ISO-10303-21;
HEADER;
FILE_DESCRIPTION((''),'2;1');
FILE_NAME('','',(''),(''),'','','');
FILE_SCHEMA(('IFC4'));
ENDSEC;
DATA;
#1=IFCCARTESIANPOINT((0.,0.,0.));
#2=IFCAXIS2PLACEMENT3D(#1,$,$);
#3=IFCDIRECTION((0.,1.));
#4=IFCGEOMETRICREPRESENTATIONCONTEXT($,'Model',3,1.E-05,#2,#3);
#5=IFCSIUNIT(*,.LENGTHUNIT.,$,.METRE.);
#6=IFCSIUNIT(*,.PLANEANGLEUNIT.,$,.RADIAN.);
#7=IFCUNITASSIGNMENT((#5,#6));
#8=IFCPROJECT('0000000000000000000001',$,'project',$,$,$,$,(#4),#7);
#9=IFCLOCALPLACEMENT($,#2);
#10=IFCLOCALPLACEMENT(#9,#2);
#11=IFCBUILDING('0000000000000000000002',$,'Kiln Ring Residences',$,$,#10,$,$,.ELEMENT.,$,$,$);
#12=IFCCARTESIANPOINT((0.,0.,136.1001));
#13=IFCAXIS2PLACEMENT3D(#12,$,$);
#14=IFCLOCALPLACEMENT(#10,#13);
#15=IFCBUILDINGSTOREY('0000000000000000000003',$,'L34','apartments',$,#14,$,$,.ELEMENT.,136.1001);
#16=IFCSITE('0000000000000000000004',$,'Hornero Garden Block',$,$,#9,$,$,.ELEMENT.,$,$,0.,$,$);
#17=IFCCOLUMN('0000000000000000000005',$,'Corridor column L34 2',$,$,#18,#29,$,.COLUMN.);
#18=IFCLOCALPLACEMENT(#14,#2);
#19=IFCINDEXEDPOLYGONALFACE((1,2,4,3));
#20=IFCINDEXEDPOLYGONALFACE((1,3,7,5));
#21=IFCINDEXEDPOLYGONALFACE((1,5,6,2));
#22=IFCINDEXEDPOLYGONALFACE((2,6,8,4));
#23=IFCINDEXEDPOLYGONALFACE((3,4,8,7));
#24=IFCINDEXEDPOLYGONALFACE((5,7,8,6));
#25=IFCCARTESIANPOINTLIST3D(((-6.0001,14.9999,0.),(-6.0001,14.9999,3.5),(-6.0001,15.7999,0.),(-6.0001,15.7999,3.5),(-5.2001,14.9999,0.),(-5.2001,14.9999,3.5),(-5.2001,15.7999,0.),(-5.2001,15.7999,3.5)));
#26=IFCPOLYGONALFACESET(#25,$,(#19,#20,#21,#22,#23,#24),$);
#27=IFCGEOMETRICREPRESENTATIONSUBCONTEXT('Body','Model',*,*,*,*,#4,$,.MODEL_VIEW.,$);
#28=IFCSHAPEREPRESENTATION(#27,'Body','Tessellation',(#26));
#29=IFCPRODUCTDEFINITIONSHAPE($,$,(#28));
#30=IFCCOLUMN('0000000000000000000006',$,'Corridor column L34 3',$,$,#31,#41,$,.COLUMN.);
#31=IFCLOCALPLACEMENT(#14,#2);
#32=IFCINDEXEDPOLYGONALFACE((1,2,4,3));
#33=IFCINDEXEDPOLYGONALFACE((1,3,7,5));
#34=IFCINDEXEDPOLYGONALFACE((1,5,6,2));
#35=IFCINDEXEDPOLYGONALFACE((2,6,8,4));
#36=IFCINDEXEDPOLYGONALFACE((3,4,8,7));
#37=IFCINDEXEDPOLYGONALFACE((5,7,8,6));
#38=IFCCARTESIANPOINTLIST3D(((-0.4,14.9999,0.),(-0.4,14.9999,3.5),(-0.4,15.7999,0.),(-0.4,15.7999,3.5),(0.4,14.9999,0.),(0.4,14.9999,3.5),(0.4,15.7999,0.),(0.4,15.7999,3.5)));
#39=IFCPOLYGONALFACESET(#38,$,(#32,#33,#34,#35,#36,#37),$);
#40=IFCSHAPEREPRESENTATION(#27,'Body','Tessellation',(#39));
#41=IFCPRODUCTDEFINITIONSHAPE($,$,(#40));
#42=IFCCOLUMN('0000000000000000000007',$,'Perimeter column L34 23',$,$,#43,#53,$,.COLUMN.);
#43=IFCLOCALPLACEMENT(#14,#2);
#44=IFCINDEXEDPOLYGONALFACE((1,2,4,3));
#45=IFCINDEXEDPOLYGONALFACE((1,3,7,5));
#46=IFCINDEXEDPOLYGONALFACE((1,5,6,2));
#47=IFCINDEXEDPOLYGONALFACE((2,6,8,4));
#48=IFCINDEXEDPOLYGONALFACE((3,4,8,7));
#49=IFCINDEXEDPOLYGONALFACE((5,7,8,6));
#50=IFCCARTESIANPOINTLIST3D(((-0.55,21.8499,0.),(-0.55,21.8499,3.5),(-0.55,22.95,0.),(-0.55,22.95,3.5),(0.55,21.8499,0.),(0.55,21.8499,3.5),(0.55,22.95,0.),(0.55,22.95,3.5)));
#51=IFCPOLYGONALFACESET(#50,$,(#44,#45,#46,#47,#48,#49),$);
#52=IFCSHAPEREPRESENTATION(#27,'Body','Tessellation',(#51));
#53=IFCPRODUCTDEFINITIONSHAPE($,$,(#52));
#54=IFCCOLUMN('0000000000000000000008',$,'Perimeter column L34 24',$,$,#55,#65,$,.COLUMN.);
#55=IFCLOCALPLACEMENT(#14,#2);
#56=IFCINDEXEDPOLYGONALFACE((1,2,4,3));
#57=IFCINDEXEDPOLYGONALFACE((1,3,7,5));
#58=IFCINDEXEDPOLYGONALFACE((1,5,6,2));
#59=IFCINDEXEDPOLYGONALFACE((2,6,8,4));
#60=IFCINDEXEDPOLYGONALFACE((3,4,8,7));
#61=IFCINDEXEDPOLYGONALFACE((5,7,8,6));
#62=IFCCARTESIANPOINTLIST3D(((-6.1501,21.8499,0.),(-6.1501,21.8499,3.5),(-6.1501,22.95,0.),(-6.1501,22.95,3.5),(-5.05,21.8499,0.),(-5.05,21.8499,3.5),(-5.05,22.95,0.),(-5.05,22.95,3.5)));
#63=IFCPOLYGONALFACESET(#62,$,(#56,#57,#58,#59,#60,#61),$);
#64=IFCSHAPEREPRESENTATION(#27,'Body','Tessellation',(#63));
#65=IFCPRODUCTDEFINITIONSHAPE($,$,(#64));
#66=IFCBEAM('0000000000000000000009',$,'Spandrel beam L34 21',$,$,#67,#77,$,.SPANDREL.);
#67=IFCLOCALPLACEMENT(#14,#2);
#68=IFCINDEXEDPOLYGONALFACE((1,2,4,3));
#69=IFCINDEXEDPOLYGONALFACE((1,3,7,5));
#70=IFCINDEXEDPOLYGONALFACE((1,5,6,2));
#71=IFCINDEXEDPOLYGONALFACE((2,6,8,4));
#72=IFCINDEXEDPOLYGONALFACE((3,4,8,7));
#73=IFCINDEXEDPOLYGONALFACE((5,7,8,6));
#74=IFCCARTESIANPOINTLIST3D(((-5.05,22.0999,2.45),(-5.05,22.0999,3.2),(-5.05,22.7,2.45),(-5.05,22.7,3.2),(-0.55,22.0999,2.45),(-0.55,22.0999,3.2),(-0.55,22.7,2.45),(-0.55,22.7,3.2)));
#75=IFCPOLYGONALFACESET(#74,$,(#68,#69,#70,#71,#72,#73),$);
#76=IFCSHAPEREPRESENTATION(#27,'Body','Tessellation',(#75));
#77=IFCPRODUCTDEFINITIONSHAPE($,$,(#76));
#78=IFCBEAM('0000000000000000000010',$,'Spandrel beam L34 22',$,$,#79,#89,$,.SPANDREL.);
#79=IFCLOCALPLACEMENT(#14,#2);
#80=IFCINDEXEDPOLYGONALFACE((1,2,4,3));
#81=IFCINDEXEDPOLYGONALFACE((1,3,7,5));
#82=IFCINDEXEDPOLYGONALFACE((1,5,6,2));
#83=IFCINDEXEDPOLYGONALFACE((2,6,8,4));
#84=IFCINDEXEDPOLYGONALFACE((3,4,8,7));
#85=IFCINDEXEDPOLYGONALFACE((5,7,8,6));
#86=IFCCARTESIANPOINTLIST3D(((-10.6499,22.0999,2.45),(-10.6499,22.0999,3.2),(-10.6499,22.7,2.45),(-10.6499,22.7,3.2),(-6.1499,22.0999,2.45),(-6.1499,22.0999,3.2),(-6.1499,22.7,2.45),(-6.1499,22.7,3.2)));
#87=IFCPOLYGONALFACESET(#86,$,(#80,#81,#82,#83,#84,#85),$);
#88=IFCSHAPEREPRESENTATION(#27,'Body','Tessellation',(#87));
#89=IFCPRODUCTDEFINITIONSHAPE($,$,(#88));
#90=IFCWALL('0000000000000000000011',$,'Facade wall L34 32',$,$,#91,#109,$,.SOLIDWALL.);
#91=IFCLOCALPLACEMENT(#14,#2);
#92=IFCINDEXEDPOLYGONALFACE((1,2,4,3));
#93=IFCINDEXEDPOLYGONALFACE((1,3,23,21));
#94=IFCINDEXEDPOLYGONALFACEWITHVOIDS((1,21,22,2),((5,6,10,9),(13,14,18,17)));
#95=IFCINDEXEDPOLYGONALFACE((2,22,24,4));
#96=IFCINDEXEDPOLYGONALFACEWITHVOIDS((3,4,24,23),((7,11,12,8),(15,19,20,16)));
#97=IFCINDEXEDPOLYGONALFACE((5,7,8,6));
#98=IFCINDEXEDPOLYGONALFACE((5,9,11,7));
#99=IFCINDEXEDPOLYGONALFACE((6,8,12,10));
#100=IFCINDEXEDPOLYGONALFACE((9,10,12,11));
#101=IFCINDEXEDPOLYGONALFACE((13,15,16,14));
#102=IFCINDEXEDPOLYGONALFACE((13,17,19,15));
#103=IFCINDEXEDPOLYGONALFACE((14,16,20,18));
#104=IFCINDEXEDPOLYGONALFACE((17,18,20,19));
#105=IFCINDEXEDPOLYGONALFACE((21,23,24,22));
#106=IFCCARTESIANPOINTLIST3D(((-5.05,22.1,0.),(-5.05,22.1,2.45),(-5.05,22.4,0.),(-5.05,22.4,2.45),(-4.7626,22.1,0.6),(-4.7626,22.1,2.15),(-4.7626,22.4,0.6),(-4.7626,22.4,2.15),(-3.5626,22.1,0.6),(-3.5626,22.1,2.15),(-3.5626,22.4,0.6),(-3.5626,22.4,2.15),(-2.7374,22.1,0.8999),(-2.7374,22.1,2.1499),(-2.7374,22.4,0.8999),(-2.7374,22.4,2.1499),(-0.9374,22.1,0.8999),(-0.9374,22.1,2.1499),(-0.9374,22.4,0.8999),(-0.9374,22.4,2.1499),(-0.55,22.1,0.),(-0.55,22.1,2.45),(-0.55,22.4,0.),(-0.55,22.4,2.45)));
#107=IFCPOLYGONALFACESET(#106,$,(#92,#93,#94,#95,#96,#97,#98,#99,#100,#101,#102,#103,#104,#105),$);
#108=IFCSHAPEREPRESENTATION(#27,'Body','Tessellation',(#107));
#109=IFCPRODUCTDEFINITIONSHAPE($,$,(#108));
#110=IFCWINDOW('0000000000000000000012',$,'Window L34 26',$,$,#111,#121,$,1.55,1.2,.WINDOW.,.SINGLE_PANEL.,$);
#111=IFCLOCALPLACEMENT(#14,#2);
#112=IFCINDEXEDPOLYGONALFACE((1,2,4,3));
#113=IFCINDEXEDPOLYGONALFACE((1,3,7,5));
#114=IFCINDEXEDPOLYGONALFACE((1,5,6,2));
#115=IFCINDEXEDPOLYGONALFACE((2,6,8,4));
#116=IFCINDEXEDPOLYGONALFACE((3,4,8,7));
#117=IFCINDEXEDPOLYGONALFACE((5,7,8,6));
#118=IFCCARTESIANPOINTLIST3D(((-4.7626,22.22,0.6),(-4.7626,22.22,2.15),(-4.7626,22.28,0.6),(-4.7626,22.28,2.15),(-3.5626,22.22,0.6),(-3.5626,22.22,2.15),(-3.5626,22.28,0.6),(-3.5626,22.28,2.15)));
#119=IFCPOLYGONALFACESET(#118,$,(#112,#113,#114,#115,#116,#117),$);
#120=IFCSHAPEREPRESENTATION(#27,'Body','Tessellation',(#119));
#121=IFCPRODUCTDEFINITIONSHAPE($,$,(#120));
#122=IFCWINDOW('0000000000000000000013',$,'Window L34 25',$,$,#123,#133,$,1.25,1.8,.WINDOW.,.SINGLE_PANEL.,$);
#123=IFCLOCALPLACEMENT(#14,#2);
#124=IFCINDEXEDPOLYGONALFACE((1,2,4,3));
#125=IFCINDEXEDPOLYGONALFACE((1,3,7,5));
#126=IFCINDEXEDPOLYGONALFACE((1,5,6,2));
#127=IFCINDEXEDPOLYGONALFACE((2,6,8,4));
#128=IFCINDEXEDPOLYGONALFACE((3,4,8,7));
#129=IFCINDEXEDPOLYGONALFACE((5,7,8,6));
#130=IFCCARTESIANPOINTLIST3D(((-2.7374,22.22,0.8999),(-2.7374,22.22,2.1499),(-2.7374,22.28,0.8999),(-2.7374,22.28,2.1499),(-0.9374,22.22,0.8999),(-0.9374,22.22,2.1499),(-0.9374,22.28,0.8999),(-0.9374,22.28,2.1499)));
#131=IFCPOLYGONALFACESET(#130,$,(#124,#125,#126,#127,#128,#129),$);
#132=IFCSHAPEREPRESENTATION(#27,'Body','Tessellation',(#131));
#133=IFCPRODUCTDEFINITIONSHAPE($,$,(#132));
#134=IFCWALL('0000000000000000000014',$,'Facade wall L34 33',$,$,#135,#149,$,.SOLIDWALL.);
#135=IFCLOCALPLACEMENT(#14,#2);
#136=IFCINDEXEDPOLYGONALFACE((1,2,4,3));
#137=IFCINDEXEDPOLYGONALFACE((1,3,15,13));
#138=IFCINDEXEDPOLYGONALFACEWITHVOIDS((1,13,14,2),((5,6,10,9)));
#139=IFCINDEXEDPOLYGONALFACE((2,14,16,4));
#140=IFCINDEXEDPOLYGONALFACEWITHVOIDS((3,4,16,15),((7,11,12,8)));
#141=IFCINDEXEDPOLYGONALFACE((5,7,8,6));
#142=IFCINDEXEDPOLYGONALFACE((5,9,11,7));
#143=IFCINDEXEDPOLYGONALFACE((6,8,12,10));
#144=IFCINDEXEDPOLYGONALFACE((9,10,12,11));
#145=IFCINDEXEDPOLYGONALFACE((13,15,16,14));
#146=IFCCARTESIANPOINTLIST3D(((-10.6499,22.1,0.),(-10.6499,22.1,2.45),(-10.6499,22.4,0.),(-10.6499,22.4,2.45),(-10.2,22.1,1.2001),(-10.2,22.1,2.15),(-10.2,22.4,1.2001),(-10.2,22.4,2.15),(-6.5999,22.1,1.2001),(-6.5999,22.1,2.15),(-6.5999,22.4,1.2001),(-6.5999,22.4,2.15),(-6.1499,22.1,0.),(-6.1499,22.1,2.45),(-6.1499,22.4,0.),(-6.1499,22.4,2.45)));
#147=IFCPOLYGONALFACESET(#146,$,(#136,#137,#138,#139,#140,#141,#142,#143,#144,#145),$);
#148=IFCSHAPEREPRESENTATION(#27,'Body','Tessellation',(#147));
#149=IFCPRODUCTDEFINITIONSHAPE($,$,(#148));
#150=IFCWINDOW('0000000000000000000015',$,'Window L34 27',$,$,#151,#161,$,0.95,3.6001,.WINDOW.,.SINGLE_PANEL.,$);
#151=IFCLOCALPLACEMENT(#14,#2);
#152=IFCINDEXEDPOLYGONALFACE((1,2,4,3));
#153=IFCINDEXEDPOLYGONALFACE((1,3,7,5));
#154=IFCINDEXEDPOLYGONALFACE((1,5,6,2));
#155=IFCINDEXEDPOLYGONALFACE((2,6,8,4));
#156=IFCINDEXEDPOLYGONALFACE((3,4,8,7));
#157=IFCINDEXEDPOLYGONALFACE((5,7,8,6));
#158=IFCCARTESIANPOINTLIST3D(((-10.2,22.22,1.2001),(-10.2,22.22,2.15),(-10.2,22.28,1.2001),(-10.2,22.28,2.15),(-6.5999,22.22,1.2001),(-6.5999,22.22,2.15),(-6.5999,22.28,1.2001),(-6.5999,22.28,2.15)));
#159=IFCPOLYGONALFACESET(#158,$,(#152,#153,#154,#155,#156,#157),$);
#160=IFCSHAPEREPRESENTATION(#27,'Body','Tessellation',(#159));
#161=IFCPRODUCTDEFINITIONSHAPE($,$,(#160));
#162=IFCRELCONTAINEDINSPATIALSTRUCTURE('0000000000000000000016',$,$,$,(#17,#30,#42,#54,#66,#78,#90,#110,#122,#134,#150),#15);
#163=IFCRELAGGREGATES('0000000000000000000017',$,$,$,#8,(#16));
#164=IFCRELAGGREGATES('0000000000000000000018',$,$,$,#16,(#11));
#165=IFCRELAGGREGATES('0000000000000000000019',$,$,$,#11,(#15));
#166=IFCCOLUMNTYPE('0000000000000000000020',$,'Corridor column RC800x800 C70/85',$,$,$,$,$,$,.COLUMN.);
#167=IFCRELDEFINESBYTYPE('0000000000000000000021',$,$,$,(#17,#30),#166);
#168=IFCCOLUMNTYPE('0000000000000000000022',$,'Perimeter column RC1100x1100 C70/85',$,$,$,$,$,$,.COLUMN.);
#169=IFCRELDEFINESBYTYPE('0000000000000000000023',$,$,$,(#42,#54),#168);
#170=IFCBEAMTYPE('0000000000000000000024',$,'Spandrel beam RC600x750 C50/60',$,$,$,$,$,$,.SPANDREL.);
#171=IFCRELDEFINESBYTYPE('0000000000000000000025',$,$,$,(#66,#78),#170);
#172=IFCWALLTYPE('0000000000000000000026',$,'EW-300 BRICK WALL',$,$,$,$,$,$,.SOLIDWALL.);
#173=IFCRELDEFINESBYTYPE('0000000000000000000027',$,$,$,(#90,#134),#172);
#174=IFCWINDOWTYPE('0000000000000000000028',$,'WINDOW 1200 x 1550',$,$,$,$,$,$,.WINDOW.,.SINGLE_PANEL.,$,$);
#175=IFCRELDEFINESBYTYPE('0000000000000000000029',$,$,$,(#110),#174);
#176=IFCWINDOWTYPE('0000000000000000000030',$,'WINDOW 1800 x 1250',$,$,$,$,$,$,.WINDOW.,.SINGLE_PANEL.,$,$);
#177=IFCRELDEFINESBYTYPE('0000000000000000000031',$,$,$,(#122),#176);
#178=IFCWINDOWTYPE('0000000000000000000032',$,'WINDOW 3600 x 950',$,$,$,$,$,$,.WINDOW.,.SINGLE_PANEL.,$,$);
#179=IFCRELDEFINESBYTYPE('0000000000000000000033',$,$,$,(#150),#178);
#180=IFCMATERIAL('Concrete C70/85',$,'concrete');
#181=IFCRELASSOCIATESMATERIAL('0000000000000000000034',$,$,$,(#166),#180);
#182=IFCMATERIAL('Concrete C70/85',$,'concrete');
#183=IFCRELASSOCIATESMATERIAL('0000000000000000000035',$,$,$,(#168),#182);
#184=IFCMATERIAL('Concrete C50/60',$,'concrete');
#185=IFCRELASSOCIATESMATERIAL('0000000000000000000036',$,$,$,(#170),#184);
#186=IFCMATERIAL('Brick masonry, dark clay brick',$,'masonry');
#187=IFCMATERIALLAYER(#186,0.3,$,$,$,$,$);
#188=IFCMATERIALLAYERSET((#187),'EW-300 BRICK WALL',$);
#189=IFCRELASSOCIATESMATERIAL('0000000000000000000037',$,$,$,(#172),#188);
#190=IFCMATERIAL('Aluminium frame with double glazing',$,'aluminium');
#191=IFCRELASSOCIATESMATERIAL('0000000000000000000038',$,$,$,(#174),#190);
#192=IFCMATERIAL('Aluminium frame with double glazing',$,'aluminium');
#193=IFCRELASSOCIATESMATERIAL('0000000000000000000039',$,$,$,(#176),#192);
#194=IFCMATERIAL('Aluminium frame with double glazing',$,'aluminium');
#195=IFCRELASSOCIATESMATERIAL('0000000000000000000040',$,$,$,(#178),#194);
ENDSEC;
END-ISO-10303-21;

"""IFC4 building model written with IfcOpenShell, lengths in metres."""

from ifc_helpers import new_model, si_unit, direction, frame, frame_2d, origin, origin_2d, place, context, subcontext, project, spatial, rectangle, extrude, material, layer, layer_set, material_profile, profile_set, type_object, element, fill, save


model = new_model("IFC4")

# Units and contexts
model_context = context("Model", 3, precision=1e-05, world=origin(), true_north=direction((0.0, 1.0)))
body_context = subcontext(model_context, "Body", "Model", "MODEL_VIEW")
ifc_project = project(units=[si_unit("LENGTHUNIT", "METRE"), si_unit("PLANEANGLEUNIT", "RADIAN")], contexts=[model_context])

# Site, building, storey
site_placement = place(None, origin())
site = spatial("IfcSite", under=ifc_project, at=site_placement, Name="Hornero Garden Block", CompositionType="ELEMENT", RefElevation=0.0)
building_placement = place(site_placement, origin())
building = spatial("IfcBuilding", under=site, at=building_placement, Name="Kiln Ring Residences", CompositionType="ELEMENT")
storey_placement = place(building_placement, frame((0.0, 0.0, 136.1001)))
storey = spatial("IfcBuildingStorey", under=building, at=storey_placement, Name="L34", Description="apartments", CompositionType="ELEMENT", Elevation=136.1001)

# Columns
ifc_material_1 = material(Name="Concrete C70/85", Category="concrete")
ifc_material_profile_1 = material_profile(ifc_material_1, rectangle(XDim=0.8, YDim=0.8, at=origin_2d()), Name="RC800x800")
ifc_profile_set_1 = profile_set([ifc_material_profile_1], Name="Concrete C70/85")
column_type_1 = type_object("IfcColumnType", Name="Corridor column RC800x800 C70/85", PredefinedType="COLUMN", material=ifc_profile_set_1)
for number, where, z_axis, x_axis, name in (
    (1, (-5.6001, 15.3999, 0.0), (0.0, 0.0, 1.0), (1.0, 0.0, 0.0), "Corridor column L34 2"),
    (2, (0.0, 15.3999, 0.0), (0.0, 0.0, 1.0), (1.0, 0.0, 0.0), "Corridor column L34 3"),
):
    element("IfcColumn", number, at=place(storey_placement, frame(where, z_axis=z_axis, x_axis=x_axis)), inside=storey, type_object=column_type_1, Name=name, PredefinedType="COLUMN", context=body_context, shape_type="SweptSolid", body=[
        extrude(rectangle(XDim=0.8, YDim=0.8, at=origin_2d()), origin(), (0.0, 0.0, 1.0), 3.5),
    ])
ifc_material_2 = material(Name="Concrete C70/85", Category="concrete")
ifc_material_profile_2 = material_profile(ifc_material_2, rectangle(XDim=1.1001, YDim=1.1001, at=origin_2d()), Name="RC1100x1100")
ifc_profile_set_2 = profile_set([ifc_material_profile_2], Name="Concrete C70/85")
column_type_2 = type_object("IfcColumnType", Name="Perimeter column RC1100x1100 C70/85", PredefinedType="COLUMN", material=ifc_profile_set_2)
for number, where, z_axis, x_axis, name in (
    (3, (0.0, 22.3999, 0.0), (0.0, 0.0, 1.0), (1.0, 0.0, 0.0), "Perimeter column L34 23"),
    (4, (-5.6001, 22.3999, 0.0), (0.0, 0.0, 1.0), (1.0, 0.0, 0.0), "Perimeter column L34 24"),
):
    element("IfcColumn", number, at=place(storey_placement, frame(where, z_axis=z_axis, x_axis=x_axis)), inside=storey, type_object=column_type_2, Name=name, PredefinedType="COLUMN", context=body_context, shape_type="SweptSolid", body=[
        extrude(rectangle(XDim=1.1001, YDim=1.1001, at=origin_2d()), origin(), (0.0, 0.0, 1.0), 3.5),
    ])

# Beams
ifc_material_3 = material(Name="Concrete C50/60", Category="concrete")
ifc_material_profile_3 = material_profile(ifc_material_3, rectangle(XDim=0.6001, YDim=0.75, at=origin_2d()), Name="RC600x750")
ifc_profile_set_3 = profile_set([ifc_material_profile_3], Name="Concrete C50/60")
beam_type = type_object("IfcBeamType", Name="Spandrel beam RC600x750 C50/60", PredefinedType="SPANDREL", material=ifc_profile_set_3)
for number, where, z_axis, x_axis, name in (
    (5, (-0.55, 22.3999, 2.825), (-1.0, 0.0, 0.0), (0.0, -1.0, 0.0), "Spandrel beam L34 21"),
    (6, (-6.1499, 22.3999, 2.825), (-1.0, 0.0, 0.0), (0.0, -1.0, 0.0), "Spandrel beam L34 22"),
):
    element("IfcBeam", number, at=place(storey_placement, frame(where, z_axis=z_axis, x_axis=x_axis)), inside=storey, type_object=beam_type, Name=name, PredefinedType="SPANDREL", context=body_context, shape_type="SweptSolid", body=[
        extrude(rectangle(XDim=0.6001, YDim=0.75, at=origin_2d()), origin(), (0.0, 0.0, 1.0), 4.5),
    ])

# Wall, openings, windows
ifc_material_4 = material(Name="Brick masonry, dark clay brick", Category="masonry")
ifc_layer_1 = layer(ifc_material_4, 0.3)
ifc_layer_set_1 = layer_set([ifc_layer_1], Name="EW-300 BRICK WALL")
wall_type_1 = type_object("IfcWallType", Name="EW-300 BRICK WALL", PredefinedType="SOLIDWALL", material=ifc_layer_set_1)
wall_1_placement = place(storey_placement, frame((-0.55, 22.25, 0.0), z_axis=(0.0, 0.0, 1.0), x_axis=(-1.0, 0.0, 0.0)))
wall_1 = element("IfcWall", 7, at=wall_1_placement, inside=storey, type_object=wall_type_1, Name="Facade wall L34 32", PredefinedType="SOLIDWALL", context=body_context, shape_type="SweptSolid", body=[
    extrude(rectangle(XDim=4.5, YDim=0.3, at=frame_2d((2.25, 0.0))), origin(), (0.0, 0.0, 1.0), 2.45),
])
opening_1_placement = place(wall_1_placement, frame((0.3875, 0.0, 0.8999)))
opening_1 = element("IfcOpeningElement", 8, at=opening_1_placement, cuts=wall_1, PredefinedType="OPENING", context=body_context, shape_type="SweptSolid", body=[
    extrude(rectangle(XDim=1.8, YDim=1.25, at=frame_2d((0.8999, 0.625))), frame((0.0, 0.1599, 0.0), z_axis=(0.0, -1.0, 0.0), x_axis=(1.0, 0.0, 0.0)), (0.0, 0.0, 1.0), 0.3201),
])
opening_2_placement = place(wall_1_placement, frame((3.0125, 0.0, 0.6001)))
opening_2 = element("IfcOpeningElement", 9, at=opening_2_placement, cuts=wall_1, PredefinedType="OPENING", context=body_context, shape_type="SweptSolid", body=[
    extrude(rectangle(XDim=1.2, YDim=1.55, at=frame_2d((0.6001, 0.7749))), frame((0.0, 0.1599, 0.0), z_axis=(0.0, -1.0, 0.0), x_axis=(1.0, 0.0, 0.0)), (0.0, 0.0, 1.0), 0.3201),
])
ifc_material_5 = material(Name="Aluminium frame with double glazing", Category="aluminium")
window_type_1 = type_object("IfcWindowType", Name="WINDOW 1200 x 1550", PartitioningType="SINGLE_PANEL", PredefinedType="WINDOW", material=ifc_material_5)
window_1_placement = place(opening_2_placement, origin())
window_1 = element("IfcWindow", 10, at=window_1_placement, inside=storey, type_object=window_type_1, Name="Window L34 26", OverallHeight=1.55, OverallWidth=1.2, PartitioningType="SINGLE_PANEL", PredefinedType="WINDOW", context=body_context, shape_type="SweptSolid", body=[
    extrude(rectangle(XDim=1.2, YDim=1.55, at=frame_2d((0.6001, 0.7749))), frame((0.0, 0.03, 0.0), z_axis=(0.0, -1.0, 0.0), x_axis=(1.0, 0.0, 0.0)), (0.0, 0.0, 1.0), 0.0601),
])
fill(opening_2, window_1)
ifc_material_6 = material(Name="Aluminium frame with double glazing", Category="aluminium")
window_type_2 = type_object("IfcWindowType", Name="WINDOW 1800 x 1250", PartitioningType="SINGLE_PANEL", PredefinedType="WINDOW", material=ifc_material_6)
window_2_placement = place(opening_1_placement, origin())
window_2 = element("IfcWindow", 11, at=window_2_placement, inside=storey, type_object=window_type_2, Name="Window L34 25", OverallHeight=1.25, OverallWidth=1.8, PartitioningType="SINGLE_PANEL", PredefinedType="WINDOW", context=body_context, shape_type="SweptSolid", body=[
    extrude(rectangle(XDim=1.8, YDim=1.25, at=frame_2d((0.8999, 0.625))), frame((0.0, 0.03, 0.0), z_axis=(0.0, -1.0, 0.0), x_axis=(1.0, 0.0, 0.0)), (0.0, 0.0, 1.0), 0.0601),
])
fill(opening_1, window_2)

# Wall, opening, window
wall_2_placement = place(storey_placement, frame((-6.1499, 22.25, 0.0), z_axis=(0.0, 0.0, 1.0), x_axis=(-1.0, 0.0, 0.0)))
wall_2 = element("IfcWall", 12, at=wall_2_placement, inside=storey, type_object=wall_type_1, Name="Facade wall L34 33", PredefinedType="SOLIDWALL", context=body_context, shape_type="SweptSolid", body=[
    extrude(rectangle(XDim=4.5, YDim=0.3, at=frame_2d((2.25, 0.0))), origin(), (0.0, 0.0, 1.0), 2.45),
])
opening_3_placement = place(wall_2_placement, frame((0.45, 0.0, 1.2)))
opening_3 = element("IfcOpeningElement", 13, at=opening_3_placement, cuts=wall_2, PredefinedType="OPENING", context=body_context, shape_type="SweptSolid", body=[
    extrude(rectangle(XDim=3.6001, YDim=0.95, at=frame_2d((1.8, 0.4751))), frame((0.0, 0.1599, 0.0), z_axis=(0.0, -1.0, 0.0), x_axis=(1.0, 0.0, 0.0)), (0.0, 0.0, 1.0), 0.3201),
])
ifc_material_7 = material(Name="Aluminium frame with double glazing", Category="aluminium")
window_type_3 = type_object("IfcWindowType", Name="WINDOW 3600 x 950", PartitioningType="SINGLE_PANEL", PredefinedType="WINDOW", material=ifc_material_7)
window_3_placement = place(opening_3_placement, origin())
window_3 = element("IfcWindow", 14, at=window_3_placement, inside=storey, type_object=window_type_3, Name="Window L34 27", OverallHeight=0.95, OverallWidth=3.6001, PartitioningType="SINGLE_PANEL", PredefinedType="WINDOW", context=body_context, shape_type="SweptSolid", body=[
    extrude(rectangle(XDim=3.6001, YDim=0.95, at=frame_2d((1.8, 0.4751))), frame((0.0, 0.03, 0.0), z_axis=(0.0, -1.0, 0.0), x_axis=(1.0, 0.0, 0.0)), (0.0, 0.0, 1.0), 0.0601),
])
fill(opening_3, window_3)

save(model, "model.ifc")
